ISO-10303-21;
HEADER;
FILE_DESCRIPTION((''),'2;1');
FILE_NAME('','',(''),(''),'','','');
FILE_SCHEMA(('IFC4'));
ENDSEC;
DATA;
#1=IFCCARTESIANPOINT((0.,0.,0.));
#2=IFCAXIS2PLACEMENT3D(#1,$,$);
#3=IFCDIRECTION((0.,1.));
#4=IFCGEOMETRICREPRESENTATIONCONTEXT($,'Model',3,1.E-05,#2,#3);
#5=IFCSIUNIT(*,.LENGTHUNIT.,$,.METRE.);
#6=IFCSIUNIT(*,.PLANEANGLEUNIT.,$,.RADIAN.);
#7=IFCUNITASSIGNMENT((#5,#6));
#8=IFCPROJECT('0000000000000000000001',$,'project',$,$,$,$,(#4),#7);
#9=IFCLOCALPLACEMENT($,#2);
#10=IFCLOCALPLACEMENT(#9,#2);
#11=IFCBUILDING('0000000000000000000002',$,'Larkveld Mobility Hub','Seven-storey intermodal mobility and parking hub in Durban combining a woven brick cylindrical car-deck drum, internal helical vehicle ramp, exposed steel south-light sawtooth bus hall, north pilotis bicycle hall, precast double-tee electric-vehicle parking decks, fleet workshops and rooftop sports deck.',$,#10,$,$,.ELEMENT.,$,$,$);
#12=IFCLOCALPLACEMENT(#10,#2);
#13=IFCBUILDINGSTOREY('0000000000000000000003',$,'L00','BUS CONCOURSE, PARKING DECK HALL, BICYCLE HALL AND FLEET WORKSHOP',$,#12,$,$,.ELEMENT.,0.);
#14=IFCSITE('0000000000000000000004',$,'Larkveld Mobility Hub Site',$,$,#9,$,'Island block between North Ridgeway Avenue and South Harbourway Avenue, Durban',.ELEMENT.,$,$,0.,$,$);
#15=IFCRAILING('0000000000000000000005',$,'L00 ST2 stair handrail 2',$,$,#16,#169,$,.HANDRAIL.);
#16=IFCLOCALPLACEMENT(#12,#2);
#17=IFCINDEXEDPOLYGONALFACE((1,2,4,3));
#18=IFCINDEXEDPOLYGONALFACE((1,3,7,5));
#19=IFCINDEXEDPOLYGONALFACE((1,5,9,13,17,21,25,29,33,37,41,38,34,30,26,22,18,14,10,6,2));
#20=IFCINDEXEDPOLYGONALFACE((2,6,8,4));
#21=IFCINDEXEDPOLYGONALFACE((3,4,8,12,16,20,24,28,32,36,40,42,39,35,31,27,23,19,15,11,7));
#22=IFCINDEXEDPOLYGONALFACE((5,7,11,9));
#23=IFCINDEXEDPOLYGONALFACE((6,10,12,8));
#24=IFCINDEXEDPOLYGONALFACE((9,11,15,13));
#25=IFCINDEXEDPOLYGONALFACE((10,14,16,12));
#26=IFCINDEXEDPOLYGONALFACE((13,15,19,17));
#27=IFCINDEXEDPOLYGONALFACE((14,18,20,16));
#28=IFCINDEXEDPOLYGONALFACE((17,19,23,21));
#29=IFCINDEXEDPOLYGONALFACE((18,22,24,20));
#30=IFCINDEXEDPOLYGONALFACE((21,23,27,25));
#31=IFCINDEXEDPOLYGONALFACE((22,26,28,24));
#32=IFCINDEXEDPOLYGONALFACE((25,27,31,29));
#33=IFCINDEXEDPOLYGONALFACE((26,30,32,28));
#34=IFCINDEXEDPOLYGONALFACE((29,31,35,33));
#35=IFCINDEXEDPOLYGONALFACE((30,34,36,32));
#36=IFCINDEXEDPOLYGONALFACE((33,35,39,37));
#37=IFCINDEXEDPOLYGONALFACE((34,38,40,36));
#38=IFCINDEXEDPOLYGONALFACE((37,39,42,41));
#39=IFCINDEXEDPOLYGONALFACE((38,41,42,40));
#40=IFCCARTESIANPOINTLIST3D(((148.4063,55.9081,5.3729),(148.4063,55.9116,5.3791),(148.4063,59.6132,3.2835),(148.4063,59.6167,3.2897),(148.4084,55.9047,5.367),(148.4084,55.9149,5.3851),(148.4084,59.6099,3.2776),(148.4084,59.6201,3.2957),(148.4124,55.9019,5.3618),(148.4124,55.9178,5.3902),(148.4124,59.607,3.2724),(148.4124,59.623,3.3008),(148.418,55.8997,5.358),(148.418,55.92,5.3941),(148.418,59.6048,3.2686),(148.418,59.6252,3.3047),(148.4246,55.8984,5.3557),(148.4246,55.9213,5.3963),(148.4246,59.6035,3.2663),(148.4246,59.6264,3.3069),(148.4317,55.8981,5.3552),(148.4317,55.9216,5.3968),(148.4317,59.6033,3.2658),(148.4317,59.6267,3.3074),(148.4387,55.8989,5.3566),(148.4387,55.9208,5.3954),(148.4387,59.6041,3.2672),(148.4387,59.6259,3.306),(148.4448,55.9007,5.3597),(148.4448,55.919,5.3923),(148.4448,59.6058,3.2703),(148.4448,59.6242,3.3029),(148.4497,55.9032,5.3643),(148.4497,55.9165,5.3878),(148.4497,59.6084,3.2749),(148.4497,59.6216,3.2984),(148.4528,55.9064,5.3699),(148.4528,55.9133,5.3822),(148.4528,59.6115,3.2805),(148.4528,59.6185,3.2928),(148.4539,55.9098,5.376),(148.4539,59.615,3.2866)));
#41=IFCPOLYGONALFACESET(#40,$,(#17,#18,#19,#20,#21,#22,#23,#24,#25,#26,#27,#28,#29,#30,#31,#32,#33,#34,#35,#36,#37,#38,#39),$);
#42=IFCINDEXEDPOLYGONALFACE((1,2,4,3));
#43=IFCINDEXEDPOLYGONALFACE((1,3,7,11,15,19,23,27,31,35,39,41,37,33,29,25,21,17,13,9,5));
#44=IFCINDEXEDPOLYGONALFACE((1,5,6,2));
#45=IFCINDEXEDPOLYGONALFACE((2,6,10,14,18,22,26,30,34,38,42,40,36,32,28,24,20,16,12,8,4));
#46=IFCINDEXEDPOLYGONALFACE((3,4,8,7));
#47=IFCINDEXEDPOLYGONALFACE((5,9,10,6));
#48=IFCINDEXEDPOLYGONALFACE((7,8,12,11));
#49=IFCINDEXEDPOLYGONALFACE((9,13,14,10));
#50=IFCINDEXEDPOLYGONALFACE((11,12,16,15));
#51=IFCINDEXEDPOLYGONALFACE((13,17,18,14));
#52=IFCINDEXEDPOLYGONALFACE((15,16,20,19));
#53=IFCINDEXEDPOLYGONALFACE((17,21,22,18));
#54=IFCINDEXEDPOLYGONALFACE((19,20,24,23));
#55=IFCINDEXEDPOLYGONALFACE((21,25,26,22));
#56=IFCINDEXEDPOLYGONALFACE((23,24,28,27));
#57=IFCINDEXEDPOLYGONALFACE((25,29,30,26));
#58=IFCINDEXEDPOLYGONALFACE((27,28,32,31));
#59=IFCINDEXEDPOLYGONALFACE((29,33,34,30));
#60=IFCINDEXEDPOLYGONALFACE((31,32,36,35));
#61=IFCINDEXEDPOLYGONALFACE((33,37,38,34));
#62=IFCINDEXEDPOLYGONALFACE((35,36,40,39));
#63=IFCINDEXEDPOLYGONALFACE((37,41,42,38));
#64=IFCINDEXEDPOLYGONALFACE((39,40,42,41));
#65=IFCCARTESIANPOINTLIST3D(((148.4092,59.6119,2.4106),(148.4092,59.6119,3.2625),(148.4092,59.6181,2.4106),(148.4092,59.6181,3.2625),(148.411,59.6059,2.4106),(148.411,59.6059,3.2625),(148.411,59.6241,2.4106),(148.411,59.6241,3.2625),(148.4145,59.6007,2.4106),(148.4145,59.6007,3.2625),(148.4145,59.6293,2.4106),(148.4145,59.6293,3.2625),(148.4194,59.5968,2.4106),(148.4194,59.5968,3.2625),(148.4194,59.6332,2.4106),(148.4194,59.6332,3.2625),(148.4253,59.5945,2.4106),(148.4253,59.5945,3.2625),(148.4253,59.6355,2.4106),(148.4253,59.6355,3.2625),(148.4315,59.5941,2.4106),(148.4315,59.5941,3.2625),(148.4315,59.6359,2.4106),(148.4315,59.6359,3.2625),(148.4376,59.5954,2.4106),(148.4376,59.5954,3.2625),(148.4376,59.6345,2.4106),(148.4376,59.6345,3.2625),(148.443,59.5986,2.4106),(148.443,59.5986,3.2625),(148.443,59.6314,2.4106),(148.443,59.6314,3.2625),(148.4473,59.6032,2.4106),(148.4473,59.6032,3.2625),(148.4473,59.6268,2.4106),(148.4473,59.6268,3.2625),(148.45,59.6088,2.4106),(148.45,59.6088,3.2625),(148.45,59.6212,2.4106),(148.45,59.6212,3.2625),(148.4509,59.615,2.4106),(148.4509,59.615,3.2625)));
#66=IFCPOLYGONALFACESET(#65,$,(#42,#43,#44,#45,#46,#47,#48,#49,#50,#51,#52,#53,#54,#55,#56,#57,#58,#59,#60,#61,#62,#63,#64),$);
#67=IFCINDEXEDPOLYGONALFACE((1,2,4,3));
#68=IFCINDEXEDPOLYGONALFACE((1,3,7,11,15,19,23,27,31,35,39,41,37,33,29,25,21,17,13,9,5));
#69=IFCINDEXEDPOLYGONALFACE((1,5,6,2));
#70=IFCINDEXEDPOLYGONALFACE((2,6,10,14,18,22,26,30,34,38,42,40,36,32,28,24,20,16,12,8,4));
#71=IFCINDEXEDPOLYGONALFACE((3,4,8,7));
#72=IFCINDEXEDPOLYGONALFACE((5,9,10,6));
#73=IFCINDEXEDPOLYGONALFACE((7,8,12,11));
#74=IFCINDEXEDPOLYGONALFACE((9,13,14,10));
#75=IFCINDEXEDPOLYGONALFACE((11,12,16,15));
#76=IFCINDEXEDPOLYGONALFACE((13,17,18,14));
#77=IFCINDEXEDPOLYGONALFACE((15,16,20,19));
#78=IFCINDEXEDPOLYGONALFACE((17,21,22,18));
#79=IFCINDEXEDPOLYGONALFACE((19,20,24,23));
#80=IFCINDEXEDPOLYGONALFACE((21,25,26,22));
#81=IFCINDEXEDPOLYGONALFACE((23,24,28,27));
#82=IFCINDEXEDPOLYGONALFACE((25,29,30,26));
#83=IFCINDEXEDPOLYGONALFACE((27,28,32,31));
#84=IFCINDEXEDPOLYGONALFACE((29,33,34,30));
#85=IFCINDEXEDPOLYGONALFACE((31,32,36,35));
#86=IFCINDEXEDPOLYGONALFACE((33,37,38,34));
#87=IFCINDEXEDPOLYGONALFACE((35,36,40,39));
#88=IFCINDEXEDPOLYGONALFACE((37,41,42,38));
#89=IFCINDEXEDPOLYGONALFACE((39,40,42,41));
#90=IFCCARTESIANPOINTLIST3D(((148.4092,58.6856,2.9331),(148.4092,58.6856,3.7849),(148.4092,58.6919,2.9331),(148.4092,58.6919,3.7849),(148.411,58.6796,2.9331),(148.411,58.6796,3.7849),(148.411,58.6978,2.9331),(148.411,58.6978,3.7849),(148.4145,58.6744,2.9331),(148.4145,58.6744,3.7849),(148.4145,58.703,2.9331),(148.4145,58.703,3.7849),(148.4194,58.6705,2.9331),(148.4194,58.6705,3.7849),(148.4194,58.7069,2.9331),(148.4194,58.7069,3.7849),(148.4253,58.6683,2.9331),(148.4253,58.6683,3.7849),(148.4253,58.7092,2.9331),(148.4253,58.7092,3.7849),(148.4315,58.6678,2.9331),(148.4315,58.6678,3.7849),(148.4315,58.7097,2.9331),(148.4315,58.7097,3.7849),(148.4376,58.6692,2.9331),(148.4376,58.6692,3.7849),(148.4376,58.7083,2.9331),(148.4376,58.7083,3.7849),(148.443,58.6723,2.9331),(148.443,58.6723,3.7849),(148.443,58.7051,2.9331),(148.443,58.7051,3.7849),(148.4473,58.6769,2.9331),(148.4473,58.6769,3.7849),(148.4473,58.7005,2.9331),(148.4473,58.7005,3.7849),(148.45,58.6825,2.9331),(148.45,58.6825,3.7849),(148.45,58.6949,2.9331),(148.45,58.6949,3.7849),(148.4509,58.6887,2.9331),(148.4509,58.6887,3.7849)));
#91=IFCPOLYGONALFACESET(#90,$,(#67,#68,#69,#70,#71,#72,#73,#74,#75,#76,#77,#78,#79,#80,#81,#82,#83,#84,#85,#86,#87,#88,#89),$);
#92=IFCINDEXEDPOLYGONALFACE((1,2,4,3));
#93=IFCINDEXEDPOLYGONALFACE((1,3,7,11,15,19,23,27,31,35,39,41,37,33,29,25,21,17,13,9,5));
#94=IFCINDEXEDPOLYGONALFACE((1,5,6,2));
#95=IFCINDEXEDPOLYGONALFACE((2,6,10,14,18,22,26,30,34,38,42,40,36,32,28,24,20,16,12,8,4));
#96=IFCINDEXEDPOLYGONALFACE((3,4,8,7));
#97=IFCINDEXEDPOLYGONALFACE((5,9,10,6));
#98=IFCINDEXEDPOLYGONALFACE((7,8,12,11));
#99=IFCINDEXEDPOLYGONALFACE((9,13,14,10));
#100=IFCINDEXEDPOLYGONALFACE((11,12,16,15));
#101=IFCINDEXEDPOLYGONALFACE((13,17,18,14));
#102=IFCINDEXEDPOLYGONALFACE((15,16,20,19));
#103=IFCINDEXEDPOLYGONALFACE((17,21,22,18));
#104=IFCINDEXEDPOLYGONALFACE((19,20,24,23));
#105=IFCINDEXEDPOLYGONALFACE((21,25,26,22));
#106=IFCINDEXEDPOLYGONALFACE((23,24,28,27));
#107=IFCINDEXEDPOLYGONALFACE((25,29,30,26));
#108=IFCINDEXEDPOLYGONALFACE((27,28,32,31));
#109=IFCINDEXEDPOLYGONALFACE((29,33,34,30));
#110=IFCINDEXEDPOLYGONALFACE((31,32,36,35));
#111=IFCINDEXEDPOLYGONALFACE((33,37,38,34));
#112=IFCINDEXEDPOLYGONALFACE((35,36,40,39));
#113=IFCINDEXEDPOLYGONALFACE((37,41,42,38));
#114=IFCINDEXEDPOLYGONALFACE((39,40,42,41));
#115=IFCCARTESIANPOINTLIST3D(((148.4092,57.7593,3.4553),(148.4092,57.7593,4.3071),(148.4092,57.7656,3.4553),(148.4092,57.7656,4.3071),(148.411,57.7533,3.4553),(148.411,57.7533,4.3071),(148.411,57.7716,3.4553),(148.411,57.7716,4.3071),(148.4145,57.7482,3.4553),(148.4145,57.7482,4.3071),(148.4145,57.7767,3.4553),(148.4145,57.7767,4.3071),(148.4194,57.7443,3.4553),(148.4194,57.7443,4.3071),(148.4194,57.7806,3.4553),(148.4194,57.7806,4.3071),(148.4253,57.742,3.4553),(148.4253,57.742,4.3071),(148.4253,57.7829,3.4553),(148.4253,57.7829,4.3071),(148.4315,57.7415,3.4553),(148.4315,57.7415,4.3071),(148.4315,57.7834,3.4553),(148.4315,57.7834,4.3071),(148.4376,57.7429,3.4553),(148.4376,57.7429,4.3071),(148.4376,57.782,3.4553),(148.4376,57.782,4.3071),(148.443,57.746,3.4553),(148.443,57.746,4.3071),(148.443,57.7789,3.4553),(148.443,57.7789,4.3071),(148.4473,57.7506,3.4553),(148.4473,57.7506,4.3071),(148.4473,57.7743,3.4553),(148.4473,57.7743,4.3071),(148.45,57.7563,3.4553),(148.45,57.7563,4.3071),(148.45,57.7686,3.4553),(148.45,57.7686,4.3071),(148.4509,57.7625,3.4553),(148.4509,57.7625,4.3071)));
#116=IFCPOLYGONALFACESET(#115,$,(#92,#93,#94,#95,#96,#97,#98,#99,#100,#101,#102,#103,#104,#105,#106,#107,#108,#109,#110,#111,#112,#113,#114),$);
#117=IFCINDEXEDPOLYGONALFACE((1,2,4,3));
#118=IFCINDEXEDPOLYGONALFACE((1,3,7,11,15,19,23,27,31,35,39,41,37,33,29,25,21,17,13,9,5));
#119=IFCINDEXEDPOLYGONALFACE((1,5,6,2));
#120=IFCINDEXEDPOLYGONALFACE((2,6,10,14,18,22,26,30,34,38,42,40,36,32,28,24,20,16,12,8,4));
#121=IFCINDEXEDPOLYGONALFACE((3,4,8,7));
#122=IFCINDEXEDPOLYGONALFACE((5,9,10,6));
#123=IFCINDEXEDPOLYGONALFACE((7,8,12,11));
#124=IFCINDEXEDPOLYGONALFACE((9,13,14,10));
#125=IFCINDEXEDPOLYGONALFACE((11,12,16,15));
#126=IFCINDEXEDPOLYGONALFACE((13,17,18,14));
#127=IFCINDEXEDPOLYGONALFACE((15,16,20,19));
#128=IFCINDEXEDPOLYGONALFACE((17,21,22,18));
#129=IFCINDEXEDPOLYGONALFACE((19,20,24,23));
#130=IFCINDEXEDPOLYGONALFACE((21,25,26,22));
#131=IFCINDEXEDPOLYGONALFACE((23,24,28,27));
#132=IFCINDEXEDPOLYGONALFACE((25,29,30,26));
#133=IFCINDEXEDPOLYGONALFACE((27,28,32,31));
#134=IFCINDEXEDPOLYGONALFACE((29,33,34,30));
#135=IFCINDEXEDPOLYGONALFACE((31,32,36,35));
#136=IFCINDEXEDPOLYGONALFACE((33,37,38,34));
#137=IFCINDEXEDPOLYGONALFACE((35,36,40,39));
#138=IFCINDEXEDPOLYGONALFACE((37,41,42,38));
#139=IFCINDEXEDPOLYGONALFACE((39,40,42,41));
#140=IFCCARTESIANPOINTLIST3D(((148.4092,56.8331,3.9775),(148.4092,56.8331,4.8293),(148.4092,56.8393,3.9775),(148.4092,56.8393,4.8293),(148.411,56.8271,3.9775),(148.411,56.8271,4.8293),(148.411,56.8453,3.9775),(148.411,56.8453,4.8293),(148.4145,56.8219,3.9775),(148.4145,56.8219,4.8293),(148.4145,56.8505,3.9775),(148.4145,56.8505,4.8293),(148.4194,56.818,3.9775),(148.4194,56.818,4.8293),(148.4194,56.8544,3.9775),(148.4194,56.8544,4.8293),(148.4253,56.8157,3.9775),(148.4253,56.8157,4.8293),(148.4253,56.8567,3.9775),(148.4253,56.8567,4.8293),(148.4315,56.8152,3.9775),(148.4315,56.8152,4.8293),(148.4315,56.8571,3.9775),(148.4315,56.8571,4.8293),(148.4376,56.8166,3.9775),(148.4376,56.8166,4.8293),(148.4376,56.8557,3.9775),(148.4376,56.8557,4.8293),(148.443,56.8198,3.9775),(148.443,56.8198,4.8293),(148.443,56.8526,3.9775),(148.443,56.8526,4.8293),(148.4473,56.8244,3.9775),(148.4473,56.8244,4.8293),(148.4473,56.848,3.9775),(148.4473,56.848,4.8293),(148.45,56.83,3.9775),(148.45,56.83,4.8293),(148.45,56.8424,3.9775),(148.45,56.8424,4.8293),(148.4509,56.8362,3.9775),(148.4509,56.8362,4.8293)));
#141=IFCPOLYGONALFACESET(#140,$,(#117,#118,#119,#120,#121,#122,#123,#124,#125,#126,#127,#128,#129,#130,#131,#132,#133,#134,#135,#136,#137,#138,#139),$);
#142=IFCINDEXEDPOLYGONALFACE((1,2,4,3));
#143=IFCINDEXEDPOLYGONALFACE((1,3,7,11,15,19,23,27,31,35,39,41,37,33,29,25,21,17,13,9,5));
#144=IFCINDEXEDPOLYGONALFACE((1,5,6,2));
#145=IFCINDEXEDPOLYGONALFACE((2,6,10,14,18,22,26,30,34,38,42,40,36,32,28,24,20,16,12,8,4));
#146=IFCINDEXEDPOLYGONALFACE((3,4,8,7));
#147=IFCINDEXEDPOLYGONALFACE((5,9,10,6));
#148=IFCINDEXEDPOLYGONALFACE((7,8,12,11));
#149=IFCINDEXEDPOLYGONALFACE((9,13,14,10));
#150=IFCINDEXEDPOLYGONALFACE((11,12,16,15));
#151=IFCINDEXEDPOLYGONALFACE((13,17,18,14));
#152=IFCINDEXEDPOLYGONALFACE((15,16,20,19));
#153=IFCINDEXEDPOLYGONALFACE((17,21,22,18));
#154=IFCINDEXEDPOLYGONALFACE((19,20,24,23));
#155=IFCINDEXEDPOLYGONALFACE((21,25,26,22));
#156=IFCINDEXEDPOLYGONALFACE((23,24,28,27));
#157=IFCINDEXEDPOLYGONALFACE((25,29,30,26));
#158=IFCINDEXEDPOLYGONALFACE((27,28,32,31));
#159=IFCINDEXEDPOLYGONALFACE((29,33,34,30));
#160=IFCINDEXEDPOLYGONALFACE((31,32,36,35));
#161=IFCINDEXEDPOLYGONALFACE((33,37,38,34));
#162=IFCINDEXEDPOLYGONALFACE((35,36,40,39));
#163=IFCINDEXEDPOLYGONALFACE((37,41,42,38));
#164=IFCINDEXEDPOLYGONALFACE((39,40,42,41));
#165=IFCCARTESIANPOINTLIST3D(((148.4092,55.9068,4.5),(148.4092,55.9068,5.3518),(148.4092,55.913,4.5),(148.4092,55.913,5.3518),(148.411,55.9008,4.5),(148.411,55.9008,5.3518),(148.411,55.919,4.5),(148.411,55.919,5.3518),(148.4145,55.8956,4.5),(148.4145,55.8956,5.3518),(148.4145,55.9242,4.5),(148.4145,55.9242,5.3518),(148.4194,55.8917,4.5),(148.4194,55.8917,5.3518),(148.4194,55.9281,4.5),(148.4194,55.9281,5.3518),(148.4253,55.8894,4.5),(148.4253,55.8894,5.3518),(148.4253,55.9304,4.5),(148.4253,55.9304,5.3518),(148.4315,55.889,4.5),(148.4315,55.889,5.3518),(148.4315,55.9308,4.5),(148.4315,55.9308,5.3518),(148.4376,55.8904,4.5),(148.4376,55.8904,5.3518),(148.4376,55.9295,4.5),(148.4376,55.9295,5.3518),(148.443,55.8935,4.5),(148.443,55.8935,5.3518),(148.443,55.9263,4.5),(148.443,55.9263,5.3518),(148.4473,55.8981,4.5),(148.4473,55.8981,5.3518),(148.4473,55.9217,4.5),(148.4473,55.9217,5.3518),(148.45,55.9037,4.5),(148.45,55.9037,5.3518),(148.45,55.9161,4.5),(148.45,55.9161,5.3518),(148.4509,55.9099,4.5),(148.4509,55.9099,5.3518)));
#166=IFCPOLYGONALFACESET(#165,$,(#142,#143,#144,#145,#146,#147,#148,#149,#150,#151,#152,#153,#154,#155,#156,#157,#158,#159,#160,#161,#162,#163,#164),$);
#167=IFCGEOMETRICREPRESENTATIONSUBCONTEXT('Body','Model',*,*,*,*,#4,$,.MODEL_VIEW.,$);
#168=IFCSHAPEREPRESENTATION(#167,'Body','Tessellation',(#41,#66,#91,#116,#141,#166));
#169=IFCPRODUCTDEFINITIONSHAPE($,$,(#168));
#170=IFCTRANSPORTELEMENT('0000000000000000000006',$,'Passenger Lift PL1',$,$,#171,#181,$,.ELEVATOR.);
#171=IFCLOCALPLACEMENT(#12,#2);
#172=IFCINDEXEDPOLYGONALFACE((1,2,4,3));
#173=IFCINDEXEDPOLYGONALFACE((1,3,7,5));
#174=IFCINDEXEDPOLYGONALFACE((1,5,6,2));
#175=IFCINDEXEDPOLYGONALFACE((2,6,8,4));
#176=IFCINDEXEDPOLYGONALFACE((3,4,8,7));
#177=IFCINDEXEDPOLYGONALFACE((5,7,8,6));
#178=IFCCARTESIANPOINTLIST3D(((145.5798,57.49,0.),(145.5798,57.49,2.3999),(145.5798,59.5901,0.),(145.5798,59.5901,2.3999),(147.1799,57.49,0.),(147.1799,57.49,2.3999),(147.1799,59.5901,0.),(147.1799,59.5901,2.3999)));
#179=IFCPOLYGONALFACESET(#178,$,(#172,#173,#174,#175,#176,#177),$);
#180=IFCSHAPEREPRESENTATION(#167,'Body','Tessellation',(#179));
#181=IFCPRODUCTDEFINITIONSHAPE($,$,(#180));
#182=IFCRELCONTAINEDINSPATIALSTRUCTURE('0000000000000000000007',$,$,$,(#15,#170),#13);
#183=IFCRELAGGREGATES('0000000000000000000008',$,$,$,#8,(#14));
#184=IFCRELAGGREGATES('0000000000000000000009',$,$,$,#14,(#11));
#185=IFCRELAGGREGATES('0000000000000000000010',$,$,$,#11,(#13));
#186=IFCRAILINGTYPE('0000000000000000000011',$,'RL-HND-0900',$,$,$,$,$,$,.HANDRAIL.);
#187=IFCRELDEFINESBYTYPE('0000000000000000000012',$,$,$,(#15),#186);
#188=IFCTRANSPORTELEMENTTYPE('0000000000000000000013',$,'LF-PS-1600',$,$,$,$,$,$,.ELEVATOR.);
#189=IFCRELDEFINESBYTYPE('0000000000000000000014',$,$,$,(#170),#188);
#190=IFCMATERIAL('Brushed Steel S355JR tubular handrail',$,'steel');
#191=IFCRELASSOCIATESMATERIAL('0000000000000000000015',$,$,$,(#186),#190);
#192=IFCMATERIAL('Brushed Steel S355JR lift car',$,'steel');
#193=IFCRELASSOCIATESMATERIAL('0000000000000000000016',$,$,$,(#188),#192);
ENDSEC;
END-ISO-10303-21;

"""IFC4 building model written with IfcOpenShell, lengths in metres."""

from ifc_helpers import new_model, si_unit, direction, frame, origin, origin_2d, place, context, subcontext, project, spatial, rectangle, circle, extrude, material, type_object, element, save


model = new_model("IFC4")

# Units and contexts
model_context = context("Model", 3, precision=1e-05, world=origin(), true_north=direction((0.0, 1.0)))
body_context = subcontext(model_context, "Body", "Model", "MODEL_VIEW")
ifc_project = project(units=[si_unit("LENGTHUNIT", "METRE"), si_unit("PLANEANGLEUNIT", "RADIAN")], contexts=[model_context])

# Site, building, storey
site_placement = place(None, origin())
site = spatial("IfcSite", under=ifc_project, at=site_placement, Name="Larkveld Mobility Hub Site", LongName="Island block between North Ridgeway Avenue and South Harbourway Avenue, Durban", CompositionType="ELEMENT", RefElevation=0.0)
building_placement = place(site_placement, origin())
building = spatial("IfcBuilding", under=site, at=building_placement, Name="Larkveld Mobility Hub", Description="Seven-storey intermodal mobility and parking hub in Durban combining a woven brick cylindrical car-deck drum, internal helical vehicle ramp, exposed steel south-light sawtooth bus hall, north pilotis bicycle hall, precast double-tee electric-vehicle parking decks, fleet workshops and rooftop sports deck.", CompositionType="ELEMENT")
storey_placement = place(building_placement, origin())
storey = spatial("IfcBuildingStorey", under=building, at=storey_placement, Name="L00", Description="BUS CONCOURSE, PARKING DECK HALL, BICYCLE HALL AND FLEET WORKSHOP", CompositionType="ELEMENT", Elevation=0.0)

# Railing
ifc_material_1 = material(Name="Brushed Steel S355JR tubular handrail", Category="steel")
railing_type_1 = type_object("IfcRailingType", Name="RL-HND-0900", PredefinedType="HANDRAIL", material=ifc_material_1)
railing_1_placement = place(storey_placement, frame((148.4299, 59.615, 2.4106)))
element("IfcRailing", 1, at=railing_1_placement, inside=storey, type_object=railing_type_1, Name="L00 ST2 stair handrail 2", PredefinedType="HANDRAIL", context=body_context, shape_type="SweptSolid", body=[
    extrude(circle(Radius=0.0239, at=origin_2d()), frame((0.0, 0.0, 0.876), z_axis=(0.0, -0.871048, 0.491198), x_axis=(1.0, 0.0, 0.0)), (0.0, 0.0, 1.0), 4.2537),
    extrude(circle(Radius=0.021, at=origin_2d()), origin(), (0.0, 0.0, 1.0), 0.8518),
    extrude(circle(Radius=0.021, at=origin_2d()), frame((0.0, -0.9263, 0.5225)), (0.0, 0.0, 1.0), 0.8518),
    extrude(circle(Radius=0.021, at=origin_2d()), frame((0.0, -1.8525, 1.0447)), (0.0, 0.0, 1.0), 0.8518),
    extrude(circle(Radius=0.021, at=origin_2d()), frame((0.0, -2.7788, 1.5669)), (0.0, 0.0, 1.0), 0.8518),
    extrude(circle(Radius=0.021, at=origin_2d()), frame((0.0, -3.7051, 2.0894)), (0.0, 0.0, 1.0), 0.8518),
])

# Transport element
ifc_material_2 = material(Name="Brushed Steel S355JR lift car", Category="steel")
transport_element_type = type_object("IfcTransportElementType", Name="LF-PS-1600", PredefinedType="ELEVATOR", material=ifc_material_2)
transport_element_placement = place(storey_placement, frame((146.3799, 58.54, 0.0), z_axis=(0.0, 0.0, 1.0), x_axis=(1.0, 0.0, 0.0)))
element("IfcTransportElement", 2, at=transport_element_placement, inside=storey, type_object=transport_element_type, Name="Passenger Lift PL1", PredefinedType="ELEVATOR", context=body_context, shape_type="SweptSolid", body=[
    extrude(rectangle(XDim=1.6001, YDim=2.1001, at=origin_2d()), origin(), (0.0, 0.0, 1.0), 2.3999),
])

save(model, "model.ifc")
